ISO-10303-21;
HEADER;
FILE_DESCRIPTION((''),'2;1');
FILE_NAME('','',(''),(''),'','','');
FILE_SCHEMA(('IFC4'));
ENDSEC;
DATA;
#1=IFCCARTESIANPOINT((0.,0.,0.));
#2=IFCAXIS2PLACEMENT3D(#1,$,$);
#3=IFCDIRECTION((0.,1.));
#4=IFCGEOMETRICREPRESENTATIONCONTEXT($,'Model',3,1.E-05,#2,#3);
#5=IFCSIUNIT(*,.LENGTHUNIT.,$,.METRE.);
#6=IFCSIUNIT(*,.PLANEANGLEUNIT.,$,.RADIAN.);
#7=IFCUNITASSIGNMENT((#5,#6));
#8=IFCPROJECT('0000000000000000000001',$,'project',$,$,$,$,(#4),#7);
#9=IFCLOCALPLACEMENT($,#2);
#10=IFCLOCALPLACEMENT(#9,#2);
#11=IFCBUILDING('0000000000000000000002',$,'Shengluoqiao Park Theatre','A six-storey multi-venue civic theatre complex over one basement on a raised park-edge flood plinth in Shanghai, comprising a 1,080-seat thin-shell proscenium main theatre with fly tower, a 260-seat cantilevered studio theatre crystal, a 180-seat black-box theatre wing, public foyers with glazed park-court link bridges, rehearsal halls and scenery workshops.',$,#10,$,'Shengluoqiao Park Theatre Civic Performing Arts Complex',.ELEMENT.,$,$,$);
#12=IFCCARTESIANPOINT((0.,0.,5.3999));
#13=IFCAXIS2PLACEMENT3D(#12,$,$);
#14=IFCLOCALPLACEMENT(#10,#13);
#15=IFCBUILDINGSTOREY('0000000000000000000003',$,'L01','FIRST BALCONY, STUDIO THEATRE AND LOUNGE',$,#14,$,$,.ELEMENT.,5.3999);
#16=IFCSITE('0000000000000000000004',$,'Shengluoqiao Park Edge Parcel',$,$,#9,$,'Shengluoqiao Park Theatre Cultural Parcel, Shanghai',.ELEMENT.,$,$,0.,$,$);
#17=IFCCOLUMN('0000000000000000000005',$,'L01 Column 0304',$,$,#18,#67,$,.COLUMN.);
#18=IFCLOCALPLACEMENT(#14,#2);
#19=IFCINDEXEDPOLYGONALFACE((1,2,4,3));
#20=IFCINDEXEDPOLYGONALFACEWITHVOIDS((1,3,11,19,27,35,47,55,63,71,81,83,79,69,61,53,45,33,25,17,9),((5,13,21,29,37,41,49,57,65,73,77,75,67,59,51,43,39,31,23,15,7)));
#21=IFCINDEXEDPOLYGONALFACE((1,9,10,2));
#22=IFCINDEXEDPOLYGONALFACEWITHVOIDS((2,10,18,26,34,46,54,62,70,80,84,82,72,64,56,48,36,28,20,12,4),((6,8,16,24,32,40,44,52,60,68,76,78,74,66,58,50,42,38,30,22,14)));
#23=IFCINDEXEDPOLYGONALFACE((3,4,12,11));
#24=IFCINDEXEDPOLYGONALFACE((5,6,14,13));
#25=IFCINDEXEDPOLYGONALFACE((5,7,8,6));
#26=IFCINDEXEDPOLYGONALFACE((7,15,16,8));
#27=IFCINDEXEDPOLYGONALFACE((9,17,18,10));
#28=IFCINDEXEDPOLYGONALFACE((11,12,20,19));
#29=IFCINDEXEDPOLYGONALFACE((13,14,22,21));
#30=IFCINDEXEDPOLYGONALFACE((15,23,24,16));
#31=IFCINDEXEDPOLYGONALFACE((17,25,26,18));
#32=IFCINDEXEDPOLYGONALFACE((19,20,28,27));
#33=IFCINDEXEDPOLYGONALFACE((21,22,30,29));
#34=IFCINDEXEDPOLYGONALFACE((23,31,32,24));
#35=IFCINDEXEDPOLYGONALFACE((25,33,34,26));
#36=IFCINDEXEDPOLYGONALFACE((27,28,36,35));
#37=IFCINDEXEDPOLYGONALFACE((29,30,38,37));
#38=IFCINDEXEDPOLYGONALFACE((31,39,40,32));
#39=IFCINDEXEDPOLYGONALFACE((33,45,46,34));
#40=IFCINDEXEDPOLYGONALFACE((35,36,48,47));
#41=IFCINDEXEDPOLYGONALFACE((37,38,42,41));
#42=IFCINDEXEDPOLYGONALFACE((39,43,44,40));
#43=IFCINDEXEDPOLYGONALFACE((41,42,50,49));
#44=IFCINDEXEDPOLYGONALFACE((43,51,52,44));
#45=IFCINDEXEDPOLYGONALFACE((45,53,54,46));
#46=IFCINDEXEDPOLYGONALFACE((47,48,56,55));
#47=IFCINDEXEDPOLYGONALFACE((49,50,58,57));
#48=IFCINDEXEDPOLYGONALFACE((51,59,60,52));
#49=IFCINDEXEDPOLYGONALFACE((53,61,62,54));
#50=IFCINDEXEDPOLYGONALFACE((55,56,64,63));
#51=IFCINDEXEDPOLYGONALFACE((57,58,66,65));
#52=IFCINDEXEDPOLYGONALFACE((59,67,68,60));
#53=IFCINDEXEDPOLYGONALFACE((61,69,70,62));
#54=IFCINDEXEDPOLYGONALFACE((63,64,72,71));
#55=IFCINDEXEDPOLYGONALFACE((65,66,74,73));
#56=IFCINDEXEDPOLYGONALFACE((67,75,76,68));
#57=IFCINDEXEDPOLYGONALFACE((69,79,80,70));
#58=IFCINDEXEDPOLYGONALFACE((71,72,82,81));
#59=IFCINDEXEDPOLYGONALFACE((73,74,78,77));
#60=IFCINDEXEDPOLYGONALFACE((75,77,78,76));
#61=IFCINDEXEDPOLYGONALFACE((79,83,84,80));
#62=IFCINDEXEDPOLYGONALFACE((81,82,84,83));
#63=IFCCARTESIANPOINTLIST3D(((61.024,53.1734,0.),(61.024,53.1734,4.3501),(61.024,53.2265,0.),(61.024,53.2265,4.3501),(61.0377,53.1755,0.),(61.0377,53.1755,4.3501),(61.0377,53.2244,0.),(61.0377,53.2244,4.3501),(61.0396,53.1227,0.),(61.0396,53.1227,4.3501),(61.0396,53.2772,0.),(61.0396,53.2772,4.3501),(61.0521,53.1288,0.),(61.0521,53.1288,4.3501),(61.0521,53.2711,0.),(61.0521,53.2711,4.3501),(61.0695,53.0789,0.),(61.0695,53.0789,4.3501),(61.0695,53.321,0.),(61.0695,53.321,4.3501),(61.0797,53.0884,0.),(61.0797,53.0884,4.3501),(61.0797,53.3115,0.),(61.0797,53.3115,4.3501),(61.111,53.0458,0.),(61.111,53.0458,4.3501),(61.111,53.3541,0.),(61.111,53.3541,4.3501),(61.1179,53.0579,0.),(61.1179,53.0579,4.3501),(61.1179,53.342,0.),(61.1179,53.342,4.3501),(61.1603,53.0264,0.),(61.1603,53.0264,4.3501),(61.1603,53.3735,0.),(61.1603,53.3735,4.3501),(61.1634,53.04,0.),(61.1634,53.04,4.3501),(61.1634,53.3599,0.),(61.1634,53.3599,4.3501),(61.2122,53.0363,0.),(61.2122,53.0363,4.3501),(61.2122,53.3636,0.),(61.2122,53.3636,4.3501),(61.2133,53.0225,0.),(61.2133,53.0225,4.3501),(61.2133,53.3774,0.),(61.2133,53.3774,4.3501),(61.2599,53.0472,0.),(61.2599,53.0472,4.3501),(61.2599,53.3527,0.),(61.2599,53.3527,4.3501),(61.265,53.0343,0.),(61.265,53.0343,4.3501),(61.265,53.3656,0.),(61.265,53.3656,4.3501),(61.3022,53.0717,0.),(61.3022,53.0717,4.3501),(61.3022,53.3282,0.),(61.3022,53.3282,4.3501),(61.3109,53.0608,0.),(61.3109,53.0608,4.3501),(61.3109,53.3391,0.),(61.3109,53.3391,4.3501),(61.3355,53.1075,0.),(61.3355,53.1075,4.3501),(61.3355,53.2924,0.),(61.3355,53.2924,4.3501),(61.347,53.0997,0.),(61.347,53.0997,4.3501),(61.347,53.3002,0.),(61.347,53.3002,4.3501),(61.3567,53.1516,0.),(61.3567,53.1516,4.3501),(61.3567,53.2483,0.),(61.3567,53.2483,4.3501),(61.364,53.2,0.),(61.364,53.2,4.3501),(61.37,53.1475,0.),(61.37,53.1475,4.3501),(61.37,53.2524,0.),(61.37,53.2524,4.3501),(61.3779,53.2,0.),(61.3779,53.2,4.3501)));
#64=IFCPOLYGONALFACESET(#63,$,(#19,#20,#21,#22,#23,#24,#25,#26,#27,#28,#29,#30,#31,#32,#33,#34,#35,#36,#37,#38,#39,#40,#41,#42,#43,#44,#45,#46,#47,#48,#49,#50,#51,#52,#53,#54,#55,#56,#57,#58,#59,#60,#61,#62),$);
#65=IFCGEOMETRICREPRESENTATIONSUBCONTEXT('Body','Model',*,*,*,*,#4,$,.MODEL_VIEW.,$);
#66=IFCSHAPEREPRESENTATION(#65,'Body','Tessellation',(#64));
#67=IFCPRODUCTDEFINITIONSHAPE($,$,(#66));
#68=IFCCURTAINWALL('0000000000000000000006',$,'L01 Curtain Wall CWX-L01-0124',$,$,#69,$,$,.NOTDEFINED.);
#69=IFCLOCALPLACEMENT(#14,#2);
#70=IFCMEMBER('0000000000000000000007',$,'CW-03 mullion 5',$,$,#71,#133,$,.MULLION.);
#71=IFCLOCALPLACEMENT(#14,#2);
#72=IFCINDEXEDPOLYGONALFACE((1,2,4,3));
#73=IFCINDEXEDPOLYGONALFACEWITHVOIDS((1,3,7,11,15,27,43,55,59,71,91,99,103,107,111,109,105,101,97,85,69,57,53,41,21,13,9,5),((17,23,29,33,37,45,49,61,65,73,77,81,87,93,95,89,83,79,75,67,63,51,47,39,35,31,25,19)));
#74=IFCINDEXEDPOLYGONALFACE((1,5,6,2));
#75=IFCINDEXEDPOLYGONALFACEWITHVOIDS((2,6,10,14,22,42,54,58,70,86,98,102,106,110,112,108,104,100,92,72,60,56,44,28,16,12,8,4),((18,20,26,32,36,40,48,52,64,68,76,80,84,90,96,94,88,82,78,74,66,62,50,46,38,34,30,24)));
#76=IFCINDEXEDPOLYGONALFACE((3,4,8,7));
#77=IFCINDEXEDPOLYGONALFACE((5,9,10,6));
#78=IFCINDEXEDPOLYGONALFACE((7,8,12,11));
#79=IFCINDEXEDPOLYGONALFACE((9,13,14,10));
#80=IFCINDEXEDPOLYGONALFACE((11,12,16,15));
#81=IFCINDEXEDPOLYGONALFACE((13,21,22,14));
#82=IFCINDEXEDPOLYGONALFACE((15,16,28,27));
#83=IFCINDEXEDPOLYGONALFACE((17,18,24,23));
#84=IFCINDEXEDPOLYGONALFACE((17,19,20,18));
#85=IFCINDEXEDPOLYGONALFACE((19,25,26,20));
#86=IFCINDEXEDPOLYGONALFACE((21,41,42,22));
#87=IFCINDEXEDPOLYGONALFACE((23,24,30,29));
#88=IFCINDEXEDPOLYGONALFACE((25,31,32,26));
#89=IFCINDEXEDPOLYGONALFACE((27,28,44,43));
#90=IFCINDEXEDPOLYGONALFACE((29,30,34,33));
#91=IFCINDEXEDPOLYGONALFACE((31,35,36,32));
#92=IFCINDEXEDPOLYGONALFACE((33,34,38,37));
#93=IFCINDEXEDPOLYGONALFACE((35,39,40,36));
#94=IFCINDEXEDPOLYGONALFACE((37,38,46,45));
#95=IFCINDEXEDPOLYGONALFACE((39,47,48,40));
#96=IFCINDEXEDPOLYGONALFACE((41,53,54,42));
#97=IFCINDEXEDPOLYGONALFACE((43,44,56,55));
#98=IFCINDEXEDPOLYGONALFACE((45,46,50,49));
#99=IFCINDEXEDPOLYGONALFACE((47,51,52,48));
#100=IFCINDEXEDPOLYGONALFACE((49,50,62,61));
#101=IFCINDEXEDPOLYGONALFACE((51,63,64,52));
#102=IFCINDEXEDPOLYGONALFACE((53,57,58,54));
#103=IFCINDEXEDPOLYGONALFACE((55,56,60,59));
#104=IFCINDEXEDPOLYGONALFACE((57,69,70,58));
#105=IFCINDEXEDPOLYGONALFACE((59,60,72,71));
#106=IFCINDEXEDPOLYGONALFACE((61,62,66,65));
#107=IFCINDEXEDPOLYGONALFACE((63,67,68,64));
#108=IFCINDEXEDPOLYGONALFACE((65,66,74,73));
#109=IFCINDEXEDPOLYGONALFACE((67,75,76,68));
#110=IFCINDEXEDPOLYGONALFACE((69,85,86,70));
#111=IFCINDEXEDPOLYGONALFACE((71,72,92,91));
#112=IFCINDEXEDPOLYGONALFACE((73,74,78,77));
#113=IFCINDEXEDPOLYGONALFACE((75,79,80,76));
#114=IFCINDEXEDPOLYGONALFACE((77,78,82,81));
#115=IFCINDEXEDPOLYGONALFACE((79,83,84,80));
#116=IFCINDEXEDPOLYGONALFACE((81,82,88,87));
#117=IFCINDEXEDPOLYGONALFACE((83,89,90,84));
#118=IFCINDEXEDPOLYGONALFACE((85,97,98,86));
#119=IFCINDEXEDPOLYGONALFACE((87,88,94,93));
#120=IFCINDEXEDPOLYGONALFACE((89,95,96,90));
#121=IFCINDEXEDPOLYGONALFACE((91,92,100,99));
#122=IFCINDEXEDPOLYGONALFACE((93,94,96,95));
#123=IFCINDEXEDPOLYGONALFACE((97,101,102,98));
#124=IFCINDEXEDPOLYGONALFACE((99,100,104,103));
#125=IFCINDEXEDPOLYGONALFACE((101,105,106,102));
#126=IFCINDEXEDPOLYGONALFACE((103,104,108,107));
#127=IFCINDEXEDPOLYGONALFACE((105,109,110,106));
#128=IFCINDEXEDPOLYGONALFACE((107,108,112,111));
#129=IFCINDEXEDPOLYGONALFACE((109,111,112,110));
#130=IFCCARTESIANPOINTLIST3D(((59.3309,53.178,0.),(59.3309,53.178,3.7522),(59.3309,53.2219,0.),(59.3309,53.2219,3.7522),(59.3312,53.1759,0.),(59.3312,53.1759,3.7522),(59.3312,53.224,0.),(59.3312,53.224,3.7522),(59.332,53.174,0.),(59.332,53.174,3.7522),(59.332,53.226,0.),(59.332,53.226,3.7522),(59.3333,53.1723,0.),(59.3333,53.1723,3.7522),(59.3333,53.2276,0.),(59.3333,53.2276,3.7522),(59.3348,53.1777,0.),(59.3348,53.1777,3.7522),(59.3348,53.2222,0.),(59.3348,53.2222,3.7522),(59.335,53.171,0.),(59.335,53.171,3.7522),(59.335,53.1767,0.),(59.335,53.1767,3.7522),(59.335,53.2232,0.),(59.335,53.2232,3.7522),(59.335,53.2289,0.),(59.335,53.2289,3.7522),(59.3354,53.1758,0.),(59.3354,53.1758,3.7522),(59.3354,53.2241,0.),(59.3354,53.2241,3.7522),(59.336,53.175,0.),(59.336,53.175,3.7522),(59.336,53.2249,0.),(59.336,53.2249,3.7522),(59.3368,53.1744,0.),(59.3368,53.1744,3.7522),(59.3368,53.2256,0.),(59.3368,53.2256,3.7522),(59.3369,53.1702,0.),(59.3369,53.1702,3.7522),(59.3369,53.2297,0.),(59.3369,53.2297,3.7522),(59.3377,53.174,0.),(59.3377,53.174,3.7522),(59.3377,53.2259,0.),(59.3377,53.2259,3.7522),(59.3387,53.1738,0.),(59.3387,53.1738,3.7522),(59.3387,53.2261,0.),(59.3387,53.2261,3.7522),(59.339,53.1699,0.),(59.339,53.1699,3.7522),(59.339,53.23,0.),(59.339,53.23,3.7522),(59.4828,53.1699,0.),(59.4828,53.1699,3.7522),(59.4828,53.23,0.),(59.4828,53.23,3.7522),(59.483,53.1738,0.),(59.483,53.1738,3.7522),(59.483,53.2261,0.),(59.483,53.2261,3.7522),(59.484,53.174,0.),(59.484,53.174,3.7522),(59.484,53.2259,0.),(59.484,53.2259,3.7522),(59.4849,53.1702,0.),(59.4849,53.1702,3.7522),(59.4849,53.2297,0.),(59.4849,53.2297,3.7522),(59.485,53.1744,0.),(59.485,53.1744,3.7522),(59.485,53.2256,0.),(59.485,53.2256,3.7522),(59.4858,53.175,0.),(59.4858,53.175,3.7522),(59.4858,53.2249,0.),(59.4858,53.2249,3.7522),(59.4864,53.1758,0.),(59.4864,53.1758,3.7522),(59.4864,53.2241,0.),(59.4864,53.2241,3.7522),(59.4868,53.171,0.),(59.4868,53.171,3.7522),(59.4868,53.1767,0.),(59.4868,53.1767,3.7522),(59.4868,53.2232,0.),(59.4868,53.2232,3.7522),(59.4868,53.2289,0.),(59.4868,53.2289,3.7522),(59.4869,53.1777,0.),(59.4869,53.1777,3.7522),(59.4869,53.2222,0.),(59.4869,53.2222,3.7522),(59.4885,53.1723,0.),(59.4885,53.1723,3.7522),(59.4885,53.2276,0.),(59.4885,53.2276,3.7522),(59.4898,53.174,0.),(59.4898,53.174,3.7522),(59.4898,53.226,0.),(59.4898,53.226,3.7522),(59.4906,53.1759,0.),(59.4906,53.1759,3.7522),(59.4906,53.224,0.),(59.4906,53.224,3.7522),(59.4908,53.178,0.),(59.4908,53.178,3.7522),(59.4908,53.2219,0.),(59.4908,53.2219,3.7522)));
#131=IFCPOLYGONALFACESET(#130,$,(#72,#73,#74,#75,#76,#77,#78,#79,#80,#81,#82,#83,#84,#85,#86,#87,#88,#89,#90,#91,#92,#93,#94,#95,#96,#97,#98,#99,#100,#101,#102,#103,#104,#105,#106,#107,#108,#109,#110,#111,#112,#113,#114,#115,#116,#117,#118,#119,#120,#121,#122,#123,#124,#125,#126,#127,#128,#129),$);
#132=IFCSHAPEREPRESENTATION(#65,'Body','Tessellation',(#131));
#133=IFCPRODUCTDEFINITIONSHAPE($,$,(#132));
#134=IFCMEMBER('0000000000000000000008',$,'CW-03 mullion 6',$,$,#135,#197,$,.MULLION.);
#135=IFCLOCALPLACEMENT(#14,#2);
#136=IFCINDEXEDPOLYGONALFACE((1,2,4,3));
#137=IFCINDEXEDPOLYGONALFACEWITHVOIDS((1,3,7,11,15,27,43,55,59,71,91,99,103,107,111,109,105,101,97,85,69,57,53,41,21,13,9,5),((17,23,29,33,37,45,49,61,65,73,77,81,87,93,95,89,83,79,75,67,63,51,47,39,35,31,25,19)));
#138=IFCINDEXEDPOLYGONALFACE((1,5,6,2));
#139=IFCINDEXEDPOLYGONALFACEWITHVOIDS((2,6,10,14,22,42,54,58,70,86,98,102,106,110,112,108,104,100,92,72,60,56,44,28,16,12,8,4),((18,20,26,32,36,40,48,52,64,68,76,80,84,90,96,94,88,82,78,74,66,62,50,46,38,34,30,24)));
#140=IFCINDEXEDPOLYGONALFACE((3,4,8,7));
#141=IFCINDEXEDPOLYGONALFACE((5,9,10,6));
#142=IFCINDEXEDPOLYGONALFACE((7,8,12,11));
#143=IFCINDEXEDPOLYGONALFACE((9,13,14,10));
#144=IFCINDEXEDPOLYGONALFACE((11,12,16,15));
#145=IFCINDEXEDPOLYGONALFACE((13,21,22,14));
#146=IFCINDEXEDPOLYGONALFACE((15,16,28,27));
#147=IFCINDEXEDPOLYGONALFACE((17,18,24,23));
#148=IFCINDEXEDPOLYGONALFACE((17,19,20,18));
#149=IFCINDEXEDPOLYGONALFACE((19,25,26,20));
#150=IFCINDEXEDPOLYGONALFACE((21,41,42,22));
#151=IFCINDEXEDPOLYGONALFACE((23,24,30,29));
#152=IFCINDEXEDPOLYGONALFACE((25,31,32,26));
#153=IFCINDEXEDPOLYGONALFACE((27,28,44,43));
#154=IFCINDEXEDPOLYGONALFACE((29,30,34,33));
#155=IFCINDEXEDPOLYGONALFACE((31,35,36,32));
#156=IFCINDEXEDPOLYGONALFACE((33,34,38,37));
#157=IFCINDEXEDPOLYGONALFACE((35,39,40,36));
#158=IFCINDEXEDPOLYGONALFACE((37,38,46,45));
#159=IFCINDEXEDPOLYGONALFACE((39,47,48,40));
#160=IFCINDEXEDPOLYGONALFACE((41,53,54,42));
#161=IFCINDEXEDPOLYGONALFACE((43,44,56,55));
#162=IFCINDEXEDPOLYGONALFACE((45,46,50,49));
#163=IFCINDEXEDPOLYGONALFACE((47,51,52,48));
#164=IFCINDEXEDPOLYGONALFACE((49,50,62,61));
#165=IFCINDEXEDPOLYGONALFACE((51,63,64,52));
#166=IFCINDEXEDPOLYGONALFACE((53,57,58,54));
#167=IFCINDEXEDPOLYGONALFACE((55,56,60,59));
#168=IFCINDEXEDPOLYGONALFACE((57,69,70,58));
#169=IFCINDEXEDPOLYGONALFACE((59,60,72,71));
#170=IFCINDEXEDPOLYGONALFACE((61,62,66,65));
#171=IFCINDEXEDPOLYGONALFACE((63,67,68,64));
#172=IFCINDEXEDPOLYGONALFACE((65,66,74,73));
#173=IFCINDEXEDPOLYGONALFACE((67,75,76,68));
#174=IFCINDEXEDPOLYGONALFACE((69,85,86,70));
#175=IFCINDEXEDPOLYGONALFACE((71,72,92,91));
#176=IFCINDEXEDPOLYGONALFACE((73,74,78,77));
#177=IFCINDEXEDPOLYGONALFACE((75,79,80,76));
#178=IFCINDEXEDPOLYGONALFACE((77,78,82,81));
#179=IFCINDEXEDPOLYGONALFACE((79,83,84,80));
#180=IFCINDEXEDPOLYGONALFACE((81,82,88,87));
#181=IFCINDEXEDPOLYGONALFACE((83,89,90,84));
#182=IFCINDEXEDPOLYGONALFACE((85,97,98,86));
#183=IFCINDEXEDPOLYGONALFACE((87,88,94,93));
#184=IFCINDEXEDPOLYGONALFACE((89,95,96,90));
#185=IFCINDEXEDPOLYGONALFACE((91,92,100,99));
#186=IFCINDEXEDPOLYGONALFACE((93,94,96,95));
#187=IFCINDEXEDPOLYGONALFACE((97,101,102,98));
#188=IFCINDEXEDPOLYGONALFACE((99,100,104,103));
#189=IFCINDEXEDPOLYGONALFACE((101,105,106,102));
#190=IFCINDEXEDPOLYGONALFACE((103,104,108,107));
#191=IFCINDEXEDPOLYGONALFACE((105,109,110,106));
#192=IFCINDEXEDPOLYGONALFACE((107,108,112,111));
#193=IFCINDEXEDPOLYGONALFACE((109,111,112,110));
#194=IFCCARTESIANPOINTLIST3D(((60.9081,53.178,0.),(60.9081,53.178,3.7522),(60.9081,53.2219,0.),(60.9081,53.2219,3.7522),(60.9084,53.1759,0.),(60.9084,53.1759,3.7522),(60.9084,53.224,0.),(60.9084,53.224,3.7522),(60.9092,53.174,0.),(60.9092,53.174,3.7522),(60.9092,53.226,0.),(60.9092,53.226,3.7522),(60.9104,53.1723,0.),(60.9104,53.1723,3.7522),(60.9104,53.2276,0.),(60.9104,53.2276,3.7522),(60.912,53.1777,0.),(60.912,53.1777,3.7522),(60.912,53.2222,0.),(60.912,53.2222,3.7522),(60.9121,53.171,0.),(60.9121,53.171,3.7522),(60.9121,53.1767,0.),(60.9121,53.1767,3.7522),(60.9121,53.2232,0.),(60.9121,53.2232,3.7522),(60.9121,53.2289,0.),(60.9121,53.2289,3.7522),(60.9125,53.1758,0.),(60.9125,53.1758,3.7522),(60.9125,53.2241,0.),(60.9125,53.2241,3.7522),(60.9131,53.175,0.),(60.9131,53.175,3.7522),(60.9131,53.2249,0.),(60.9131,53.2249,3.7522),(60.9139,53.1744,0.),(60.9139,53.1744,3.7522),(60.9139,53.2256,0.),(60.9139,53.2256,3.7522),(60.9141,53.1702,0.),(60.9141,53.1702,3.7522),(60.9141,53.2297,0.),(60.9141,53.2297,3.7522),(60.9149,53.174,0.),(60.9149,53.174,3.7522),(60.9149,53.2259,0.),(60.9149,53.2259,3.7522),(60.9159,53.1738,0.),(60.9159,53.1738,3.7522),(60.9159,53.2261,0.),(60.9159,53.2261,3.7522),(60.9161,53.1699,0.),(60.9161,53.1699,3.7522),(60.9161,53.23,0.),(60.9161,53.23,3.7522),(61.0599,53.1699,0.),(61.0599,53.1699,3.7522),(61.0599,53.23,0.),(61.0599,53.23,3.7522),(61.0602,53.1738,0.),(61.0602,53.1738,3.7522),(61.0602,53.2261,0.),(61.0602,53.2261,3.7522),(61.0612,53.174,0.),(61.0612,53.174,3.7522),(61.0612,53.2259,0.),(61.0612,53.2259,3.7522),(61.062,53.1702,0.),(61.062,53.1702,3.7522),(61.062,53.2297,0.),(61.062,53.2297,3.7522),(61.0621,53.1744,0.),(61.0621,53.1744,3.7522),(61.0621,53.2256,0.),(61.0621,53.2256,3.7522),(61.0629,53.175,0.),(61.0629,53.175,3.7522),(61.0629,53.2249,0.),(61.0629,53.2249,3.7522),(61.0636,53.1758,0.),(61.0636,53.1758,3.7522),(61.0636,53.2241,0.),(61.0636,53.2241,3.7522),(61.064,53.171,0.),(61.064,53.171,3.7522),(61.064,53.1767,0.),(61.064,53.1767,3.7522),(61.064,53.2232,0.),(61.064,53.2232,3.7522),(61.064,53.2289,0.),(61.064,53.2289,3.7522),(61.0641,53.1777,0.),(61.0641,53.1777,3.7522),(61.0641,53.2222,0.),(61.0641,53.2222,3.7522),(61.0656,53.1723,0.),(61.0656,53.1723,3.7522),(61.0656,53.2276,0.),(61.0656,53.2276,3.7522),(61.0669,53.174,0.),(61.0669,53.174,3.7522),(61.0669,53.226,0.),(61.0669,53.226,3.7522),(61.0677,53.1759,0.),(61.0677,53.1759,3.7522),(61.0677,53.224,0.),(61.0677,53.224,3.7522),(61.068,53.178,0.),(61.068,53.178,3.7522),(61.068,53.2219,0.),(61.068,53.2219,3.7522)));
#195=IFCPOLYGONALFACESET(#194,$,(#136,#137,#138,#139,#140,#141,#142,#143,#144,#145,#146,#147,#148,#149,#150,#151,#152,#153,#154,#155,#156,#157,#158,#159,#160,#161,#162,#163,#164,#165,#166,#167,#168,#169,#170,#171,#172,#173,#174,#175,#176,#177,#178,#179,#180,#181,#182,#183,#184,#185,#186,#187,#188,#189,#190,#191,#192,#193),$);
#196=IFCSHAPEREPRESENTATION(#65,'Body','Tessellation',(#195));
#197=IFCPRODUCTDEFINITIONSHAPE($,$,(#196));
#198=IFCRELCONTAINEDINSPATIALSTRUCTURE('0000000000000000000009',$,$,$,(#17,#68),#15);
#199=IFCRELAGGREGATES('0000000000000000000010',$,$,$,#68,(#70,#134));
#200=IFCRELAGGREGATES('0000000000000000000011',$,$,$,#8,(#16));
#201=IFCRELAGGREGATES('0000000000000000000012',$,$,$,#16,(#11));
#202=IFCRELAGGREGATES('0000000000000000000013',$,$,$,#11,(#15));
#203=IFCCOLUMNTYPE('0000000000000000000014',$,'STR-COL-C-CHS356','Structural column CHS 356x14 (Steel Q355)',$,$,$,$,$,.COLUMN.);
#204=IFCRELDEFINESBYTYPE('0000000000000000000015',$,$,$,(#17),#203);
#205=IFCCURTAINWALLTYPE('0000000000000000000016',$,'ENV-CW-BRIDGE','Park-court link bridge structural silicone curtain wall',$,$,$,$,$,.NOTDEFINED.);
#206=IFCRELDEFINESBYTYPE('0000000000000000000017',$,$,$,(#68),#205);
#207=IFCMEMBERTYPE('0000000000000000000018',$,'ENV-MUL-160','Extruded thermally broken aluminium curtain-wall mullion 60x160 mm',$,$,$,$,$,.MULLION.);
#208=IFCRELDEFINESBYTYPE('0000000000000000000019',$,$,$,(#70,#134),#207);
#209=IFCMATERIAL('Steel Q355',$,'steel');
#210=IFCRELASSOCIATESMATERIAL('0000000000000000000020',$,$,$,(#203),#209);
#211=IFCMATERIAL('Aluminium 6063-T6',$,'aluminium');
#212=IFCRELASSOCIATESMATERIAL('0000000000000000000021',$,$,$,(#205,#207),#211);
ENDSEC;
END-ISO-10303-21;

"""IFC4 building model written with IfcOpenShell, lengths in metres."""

from ifc_helpers import new_model, si_unit, direction, frame, origin, origin_2d, place, context, subcontext, project, spatial, hollow_rectangle, hollow_circle, extrude, material, material_profile, profile_set, type_object, element, aggregate, save


model = new_model("IFC4")

# Units and contexts
model_context = context("Model", 3, precision=1e-05, world=origin(), true_north=direction((0.0, 1.0)))
body_context = subcontext(model_context, "Body", "Model", "MODEL_VIEW")
ifc_project = project(units=[si_unit("LENGTHUNIT", "METRE"), si_unit("PLANEANGLEUNIT", "RADIAN")], contexts=[model_context])

# Site, building, storey
site_placement = place(None, origin())
site = spatial("IfcSite", under=ifc_project, at=site_placement, Name="Shengluoqiao Park Edge Parcel", LongName="Shengluoqiao Park Theatre Cultural Parcel, Shanghai", CompositionType="ELEMENT", RefElevation=0.0)
building_placement = place(site_placement, origin())
building = spatial("IfcBuilding", under=site, at=building_placement, Name="Shengluoqiao Park Theatre", Description="A six-storey multi-venue civic theatre complex over one basement on a raised park-edge flood plinth in Shanghai, comprising a 1,080-seat thin-shell proscenium main theatre with fly tower, a 260-seat cantilevered studio theatre crystal, a 180-seat black-box theatre wing, public foyers with glazed park-court link bridges, rehearsal halls and scenery workshops.", LongName="Shengluoqiao Park Theatre Civic Performing Arts Complex", CompositionType="ELEMENT")
storey_placement = place(building_placement, frame((0.0, 0.0, 5.3999)))
storey = spatial("IfcBuildingStorey", under=building, at=storey_placement, Name="L01", Description="FIRST BALCONY, STUDIO THEATRE AND LOUNGE", CompositionType="ELEMENT", Elevation=5.3999)

# Column
ifc_material_1 = material(Name="Steel Q355", Category="steel")
ifc_material_profile_1 = material_profile(ifc_material_1, hollow_circle(Radius=0.178, WallThickness=0.0139, at=origin_2d()), Name="CHS 356x14")
ifc_profile_set_1 = profile_set([ifc_material_profile_1], Name="Steel Q355")
column_type = type_object("IfcColumnType", Name="STR-COL-C-CHS356", Description="Structural column CHS 356x14 (Steel Q355)", PredefinedType="COLUMN", material=ifc_profile_set_1)
column_placement = place(storey_placement, frame((61.2, 53.2, 0.0), z_axis=(0.0, 0.0, 1.0), x_axis=(1.0, 0.0, 0.0)))
element("IfcColumn", 1, at=column_placement, inside=storey, type_object=column_type, Name="L01 Column 0304", PredefinedType="COLUMN", context=body_context, shape_type="SweptSolid", body=[
    extrude(hollow_circle(Radius=0.178, WallThickness=0.0139, at=origin_2d()), origin(), (0.0, 0.0, 1.0), 4.3501),
])

# Curtain wall, members
ifc_material_2 = material(Name="Aluminium 6063-T6", Category="aluminium")
curtain_wall_type = type_object("IfcCurtainWallType", Name="ENV-CW-BRIDGE", Description="Park-court link bridge structural silicone curtain wall", PredefinedType="NOTDEFINED", material=ifc_material_2)
curtain_wall_1_placement = place(storey_placement, origin())
curtain_wall_1 = element("IfcCurtainWall", 2, at=curtain_wall_1_placement, inside=storey, type_object=curtain_wall_type, Name="L01 Curtain Wall CWX-L01-0124", PredefinedType="NOTDEFINED")
ifc_material_profile_2 = material_profile(ifc_material_2, hollow_rectangle(XDim=0.0601, YDim=0.1599, WallThickness=0.0039, InnerFilletRadius=0.0039, OuterFilletRadius=0.0081, at=origin_2d()), Name="ALU MULLION 160x60x4")
ifc_profile_set_2 = profile_set([ifc_material_profile_2], Name="Aluminium 6063-T6")
member_type_1 = type_object("IfcMemberType", Name="ENV-MUL-160", Description="Extruded thermally broken aluminium curtain-wall mullion 60x160 mm", PredefinedType="MULLION", material=ifc_profile_set_2)
member_1_placement = place(storey_placement, frame((59.4109, 53.2, 0.0), z_axis=(0.0, 0.0, 1.0), x_axis=(0.0, 1.0, 0.0)))
member_1 = element("IfcMember", 3, at=member_1_placement, type_object=member_type_1, Name="CW-03 mullion 5", PredefinedType="MULLION", context=body_context, shape_type="SweptSolid", body=[
    extrude(hollow_rectangle(XDim=0.0601, YDim=0.1599, WallThickness=0.0039, InnerFilletRadius=0.0039, OuterFilletRadius=0.0081, at=origin_2d()), origin(), (0.0, 0.0, 1.0), 3.7522),
])
member_2_placement = place(storey_placement, frame((60.988, 53.2, 0.0), z_axis=(0.0, 0.0, 1.0), x_axis=(0.0, 1.0, 0.0)))
member_2 = element("IfcMember", 4, at=member_2_placement, type_object=member_type_1, Name="CW-03 mullion 6", PredefinedType="MULLION", context=body_context, shape_type="SweptSolid", body=[
    extrude(hollow_rectangle(XDim=0.0601, YDim=0.1599, WallThickness=0.0039, InnerFilletRadius=0.0039, OuterFilletRadius=0.0081, at=origin_2d()), origin(), (0.0, 0.0, 1.0), 3.7522),
])

aggregate(curtain_wall_1, [member_1, member_2])

save(model, "model.ifc")
